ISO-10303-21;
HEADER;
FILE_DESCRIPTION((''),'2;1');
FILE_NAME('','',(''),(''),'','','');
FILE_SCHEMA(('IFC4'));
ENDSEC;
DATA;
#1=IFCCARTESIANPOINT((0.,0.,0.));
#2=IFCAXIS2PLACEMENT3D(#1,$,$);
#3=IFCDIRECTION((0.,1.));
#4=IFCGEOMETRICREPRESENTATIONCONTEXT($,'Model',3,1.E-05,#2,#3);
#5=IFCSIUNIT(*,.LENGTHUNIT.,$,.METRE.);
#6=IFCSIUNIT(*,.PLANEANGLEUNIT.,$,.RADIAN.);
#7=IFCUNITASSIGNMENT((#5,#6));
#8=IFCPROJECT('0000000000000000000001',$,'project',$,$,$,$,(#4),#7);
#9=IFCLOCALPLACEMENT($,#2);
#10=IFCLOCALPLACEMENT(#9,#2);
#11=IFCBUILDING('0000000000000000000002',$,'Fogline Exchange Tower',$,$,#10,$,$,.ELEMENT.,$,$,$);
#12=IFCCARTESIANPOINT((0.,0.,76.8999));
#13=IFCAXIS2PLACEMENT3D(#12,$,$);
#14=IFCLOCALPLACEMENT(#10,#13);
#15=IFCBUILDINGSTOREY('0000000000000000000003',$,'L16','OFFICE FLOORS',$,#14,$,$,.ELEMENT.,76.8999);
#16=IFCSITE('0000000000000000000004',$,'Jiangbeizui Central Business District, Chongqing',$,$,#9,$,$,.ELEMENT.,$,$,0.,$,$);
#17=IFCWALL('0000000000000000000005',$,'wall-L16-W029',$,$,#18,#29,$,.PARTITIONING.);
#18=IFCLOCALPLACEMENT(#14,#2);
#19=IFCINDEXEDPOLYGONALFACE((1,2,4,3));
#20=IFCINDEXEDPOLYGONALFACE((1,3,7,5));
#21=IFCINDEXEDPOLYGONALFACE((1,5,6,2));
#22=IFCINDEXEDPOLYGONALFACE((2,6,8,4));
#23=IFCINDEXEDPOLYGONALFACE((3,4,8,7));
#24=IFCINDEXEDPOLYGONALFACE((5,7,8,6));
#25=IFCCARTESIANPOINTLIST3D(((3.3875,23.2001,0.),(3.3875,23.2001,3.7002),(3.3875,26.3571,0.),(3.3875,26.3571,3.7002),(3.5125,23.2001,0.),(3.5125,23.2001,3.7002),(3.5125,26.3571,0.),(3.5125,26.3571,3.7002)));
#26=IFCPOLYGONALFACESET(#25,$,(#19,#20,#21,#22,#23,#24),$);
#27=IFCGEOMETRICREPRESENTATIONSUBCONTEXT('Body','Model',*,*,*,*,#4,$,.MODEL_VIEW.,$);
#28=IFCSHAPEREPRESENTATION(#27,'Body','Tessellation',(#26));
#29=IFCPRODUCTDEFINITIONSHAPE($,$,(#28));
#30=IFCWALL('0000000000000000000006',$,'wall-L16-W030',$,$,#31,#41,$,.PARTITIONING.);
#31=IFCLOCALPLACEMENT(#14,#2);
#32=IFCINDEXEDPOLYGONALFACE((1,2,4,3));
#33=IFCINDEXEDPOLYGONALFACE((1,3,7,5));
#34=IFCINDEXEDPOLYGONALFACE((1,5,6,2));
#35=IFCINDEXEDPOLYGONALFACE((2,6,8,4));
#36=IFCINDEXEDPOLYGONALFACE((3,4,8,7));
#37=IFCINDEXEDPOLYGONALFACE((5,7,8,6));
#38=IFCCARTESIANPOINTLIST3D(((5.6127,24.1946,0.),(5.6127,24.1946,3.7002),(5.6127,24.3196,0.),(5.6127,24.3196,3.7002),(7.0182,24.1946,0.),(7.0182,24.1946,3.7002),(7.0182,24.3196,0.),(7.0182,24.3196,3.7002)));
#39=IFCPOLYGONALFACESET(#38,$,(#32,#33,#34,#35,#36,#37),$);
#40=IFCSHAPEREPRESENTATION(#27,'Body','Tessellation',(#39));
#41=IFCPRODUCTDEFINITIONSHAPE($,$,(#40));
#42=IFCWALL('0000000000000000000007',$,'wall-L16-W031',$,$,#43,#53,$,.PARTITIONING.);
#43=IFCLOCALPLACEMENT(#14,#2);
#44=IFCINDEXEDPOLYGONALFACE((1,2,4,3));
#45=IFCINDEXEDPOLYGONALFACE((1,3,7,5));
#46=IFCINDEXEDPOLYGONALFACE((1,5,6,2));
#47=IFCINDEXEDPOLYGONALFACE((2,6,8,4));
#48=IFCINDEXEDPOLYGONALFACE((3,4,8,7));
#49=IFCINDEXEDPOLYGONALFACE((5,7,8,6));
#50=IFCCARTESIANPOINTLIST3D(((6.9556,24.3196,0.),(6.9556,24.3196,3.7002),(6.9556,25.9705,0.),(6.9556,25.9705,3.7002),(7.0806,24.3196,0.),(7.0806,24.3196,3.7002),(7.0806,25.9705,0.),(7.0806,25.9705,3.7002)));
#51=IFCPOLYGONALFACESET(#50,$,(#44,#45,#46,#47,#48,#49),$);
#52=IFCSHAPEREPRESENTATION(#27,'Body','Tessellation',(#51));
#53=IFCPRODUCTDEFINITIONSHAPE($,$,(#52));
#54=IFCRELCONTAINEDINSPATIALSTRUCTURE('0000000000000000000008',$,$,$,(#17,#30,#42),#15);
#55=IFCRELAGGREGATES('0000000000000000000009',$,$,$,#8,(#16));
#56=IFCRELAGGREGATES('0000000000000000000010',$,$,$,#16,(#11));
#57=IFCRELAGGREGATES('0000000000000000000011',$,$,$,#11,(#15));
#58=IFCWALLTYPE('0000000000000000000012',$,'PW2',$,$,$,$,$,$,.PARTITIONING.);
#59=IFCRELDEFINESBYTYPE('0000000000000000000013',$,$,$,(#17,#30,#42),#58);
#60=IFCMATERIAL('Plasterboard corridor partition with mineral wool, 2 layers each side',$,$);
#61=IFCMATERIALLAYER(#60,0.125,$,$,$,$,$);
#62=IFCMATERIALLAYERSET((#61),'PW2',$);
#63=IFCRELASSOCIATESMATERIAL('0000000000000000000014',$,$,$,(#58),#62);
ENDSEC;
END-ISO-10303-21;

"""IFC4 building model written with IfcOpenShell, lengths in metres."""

from ifc_helpers import new_model, si_unit, direction, frame, frame_2d, origin, place, context, subcontext, project, spatial, rectangle, extrude, material, layer, layer_set, type_object, element, save


model = new_model("IFC4")

# Units and contexts
model_context = context("Model", 3, precision=1e-05, world=origin(), true_north=direction((0.0, 1.0)))
body_context = subcontext(model_context, "Body", "Model", "MODEL_VIEW")
ifc_project = project(units=[si_unit("LENGTHUNIT", "METRE"), si_unit("PLANEANGLEUNIT", "RADIAN")], contexts=[model_context])

# Site, building, storey
site_placement = place(None, origin())
site = spatial("IfcSite", under=ifc_project, at=site_placement, Name="Jiangbeizui Central Business District, Chongqing", CompositionType="ELEMENT", RefElevation=0.0)
building_placement = place(site_placement, origin())
building = spatial("IfcBuilding", under=site, at=building_placement, Name="Fogline Exchange Tower", CompositionType="ELEMENT")
storey_placement = place(building_placement, frame((0.0, 0.0, 76.8999)))
storey = spatial("IfcBuildingStorey", under=building, at=storey_placement, Name="L16", Description="OFFICE FLOORS", CompositionType="ELEMENT", Elevation=76.8999)

# Shared definitions
ifc_material_1 = material(Name="Plasterboard corridor partition with mineral wool, 2 layers each side")
ifc_layer_1 = layer(ifc_material_1, 0.125)
ifc_layer_set_1 = layer_set([ifc_layer_1], Name="PW2")
wall_type_1 = type_object("IfcWallType", Name="PW2", PredefinedType="PARTITIONING", material=ifc_layer_set_1)

# Walls
wall_1_placement = place(storey_placement, frame((3.45, 23.2, 0.0), z_axis=(0.0, 0.0, 1.0), x_axis=(0.0, 1.0, 0.0)))
element("IfcWall", 1, at=wall_1_placement, inside=storey, type_object=wall_type_1, Name="wall-L16-W029", PredefinedType="PARTITIONING", context=body_context, shape_type="SweptSolid", body=[
    extrude(rectangle(XDim=3.157, YDim=0.125, at=frame_2d((1.5786, 0.0))), origin(), (0.0, 0.0, 1.0), 3.7002),
])
wall_2_placement = place(storey_placement, frame((7.0181, 24.2571, 0.0), z_axis=(0.0, 0.0, 1.0), x_axis=(-1.0, 0.0, 0.0)))
element("IfcWall", 2, at=wall_2_placement, inside=storey, type_object=wall_type_1, Name="wall-L16-W030", PredefinedType="PARTITIONING", context=body_context, shape_type="SweptSolid", body=[
    extrude(rectangle(XDim=1.4055, YDim=0.125, at=frame_2d((0.7026, 0.0))), origin(), (0.0, 0.0, 1.0), 3.7002),
])
wall_3_placement = place(storey_placement, frame((7.0181, 25.9705, 0.0), z_axis=(0.0, 0.0, 1.0), x_axis=(0.0, -1.0, 0.0)))
element("IfcWall", 3, at=wall_3_placement, inside=storey, type_object=wall_type_1, Name="wall-L16-W031", PredefinedType="PARTITIONING", context=body_context, shape_type="SweptSolid", body=[
    extrude(rectangle(XDim=1.6509, YDim=0.125, at=frame_2d((0.8254, 0.0))), origin(), (0.0, 0.0, 1.0), 3.7002),
])

save(model, "model.ifc")
